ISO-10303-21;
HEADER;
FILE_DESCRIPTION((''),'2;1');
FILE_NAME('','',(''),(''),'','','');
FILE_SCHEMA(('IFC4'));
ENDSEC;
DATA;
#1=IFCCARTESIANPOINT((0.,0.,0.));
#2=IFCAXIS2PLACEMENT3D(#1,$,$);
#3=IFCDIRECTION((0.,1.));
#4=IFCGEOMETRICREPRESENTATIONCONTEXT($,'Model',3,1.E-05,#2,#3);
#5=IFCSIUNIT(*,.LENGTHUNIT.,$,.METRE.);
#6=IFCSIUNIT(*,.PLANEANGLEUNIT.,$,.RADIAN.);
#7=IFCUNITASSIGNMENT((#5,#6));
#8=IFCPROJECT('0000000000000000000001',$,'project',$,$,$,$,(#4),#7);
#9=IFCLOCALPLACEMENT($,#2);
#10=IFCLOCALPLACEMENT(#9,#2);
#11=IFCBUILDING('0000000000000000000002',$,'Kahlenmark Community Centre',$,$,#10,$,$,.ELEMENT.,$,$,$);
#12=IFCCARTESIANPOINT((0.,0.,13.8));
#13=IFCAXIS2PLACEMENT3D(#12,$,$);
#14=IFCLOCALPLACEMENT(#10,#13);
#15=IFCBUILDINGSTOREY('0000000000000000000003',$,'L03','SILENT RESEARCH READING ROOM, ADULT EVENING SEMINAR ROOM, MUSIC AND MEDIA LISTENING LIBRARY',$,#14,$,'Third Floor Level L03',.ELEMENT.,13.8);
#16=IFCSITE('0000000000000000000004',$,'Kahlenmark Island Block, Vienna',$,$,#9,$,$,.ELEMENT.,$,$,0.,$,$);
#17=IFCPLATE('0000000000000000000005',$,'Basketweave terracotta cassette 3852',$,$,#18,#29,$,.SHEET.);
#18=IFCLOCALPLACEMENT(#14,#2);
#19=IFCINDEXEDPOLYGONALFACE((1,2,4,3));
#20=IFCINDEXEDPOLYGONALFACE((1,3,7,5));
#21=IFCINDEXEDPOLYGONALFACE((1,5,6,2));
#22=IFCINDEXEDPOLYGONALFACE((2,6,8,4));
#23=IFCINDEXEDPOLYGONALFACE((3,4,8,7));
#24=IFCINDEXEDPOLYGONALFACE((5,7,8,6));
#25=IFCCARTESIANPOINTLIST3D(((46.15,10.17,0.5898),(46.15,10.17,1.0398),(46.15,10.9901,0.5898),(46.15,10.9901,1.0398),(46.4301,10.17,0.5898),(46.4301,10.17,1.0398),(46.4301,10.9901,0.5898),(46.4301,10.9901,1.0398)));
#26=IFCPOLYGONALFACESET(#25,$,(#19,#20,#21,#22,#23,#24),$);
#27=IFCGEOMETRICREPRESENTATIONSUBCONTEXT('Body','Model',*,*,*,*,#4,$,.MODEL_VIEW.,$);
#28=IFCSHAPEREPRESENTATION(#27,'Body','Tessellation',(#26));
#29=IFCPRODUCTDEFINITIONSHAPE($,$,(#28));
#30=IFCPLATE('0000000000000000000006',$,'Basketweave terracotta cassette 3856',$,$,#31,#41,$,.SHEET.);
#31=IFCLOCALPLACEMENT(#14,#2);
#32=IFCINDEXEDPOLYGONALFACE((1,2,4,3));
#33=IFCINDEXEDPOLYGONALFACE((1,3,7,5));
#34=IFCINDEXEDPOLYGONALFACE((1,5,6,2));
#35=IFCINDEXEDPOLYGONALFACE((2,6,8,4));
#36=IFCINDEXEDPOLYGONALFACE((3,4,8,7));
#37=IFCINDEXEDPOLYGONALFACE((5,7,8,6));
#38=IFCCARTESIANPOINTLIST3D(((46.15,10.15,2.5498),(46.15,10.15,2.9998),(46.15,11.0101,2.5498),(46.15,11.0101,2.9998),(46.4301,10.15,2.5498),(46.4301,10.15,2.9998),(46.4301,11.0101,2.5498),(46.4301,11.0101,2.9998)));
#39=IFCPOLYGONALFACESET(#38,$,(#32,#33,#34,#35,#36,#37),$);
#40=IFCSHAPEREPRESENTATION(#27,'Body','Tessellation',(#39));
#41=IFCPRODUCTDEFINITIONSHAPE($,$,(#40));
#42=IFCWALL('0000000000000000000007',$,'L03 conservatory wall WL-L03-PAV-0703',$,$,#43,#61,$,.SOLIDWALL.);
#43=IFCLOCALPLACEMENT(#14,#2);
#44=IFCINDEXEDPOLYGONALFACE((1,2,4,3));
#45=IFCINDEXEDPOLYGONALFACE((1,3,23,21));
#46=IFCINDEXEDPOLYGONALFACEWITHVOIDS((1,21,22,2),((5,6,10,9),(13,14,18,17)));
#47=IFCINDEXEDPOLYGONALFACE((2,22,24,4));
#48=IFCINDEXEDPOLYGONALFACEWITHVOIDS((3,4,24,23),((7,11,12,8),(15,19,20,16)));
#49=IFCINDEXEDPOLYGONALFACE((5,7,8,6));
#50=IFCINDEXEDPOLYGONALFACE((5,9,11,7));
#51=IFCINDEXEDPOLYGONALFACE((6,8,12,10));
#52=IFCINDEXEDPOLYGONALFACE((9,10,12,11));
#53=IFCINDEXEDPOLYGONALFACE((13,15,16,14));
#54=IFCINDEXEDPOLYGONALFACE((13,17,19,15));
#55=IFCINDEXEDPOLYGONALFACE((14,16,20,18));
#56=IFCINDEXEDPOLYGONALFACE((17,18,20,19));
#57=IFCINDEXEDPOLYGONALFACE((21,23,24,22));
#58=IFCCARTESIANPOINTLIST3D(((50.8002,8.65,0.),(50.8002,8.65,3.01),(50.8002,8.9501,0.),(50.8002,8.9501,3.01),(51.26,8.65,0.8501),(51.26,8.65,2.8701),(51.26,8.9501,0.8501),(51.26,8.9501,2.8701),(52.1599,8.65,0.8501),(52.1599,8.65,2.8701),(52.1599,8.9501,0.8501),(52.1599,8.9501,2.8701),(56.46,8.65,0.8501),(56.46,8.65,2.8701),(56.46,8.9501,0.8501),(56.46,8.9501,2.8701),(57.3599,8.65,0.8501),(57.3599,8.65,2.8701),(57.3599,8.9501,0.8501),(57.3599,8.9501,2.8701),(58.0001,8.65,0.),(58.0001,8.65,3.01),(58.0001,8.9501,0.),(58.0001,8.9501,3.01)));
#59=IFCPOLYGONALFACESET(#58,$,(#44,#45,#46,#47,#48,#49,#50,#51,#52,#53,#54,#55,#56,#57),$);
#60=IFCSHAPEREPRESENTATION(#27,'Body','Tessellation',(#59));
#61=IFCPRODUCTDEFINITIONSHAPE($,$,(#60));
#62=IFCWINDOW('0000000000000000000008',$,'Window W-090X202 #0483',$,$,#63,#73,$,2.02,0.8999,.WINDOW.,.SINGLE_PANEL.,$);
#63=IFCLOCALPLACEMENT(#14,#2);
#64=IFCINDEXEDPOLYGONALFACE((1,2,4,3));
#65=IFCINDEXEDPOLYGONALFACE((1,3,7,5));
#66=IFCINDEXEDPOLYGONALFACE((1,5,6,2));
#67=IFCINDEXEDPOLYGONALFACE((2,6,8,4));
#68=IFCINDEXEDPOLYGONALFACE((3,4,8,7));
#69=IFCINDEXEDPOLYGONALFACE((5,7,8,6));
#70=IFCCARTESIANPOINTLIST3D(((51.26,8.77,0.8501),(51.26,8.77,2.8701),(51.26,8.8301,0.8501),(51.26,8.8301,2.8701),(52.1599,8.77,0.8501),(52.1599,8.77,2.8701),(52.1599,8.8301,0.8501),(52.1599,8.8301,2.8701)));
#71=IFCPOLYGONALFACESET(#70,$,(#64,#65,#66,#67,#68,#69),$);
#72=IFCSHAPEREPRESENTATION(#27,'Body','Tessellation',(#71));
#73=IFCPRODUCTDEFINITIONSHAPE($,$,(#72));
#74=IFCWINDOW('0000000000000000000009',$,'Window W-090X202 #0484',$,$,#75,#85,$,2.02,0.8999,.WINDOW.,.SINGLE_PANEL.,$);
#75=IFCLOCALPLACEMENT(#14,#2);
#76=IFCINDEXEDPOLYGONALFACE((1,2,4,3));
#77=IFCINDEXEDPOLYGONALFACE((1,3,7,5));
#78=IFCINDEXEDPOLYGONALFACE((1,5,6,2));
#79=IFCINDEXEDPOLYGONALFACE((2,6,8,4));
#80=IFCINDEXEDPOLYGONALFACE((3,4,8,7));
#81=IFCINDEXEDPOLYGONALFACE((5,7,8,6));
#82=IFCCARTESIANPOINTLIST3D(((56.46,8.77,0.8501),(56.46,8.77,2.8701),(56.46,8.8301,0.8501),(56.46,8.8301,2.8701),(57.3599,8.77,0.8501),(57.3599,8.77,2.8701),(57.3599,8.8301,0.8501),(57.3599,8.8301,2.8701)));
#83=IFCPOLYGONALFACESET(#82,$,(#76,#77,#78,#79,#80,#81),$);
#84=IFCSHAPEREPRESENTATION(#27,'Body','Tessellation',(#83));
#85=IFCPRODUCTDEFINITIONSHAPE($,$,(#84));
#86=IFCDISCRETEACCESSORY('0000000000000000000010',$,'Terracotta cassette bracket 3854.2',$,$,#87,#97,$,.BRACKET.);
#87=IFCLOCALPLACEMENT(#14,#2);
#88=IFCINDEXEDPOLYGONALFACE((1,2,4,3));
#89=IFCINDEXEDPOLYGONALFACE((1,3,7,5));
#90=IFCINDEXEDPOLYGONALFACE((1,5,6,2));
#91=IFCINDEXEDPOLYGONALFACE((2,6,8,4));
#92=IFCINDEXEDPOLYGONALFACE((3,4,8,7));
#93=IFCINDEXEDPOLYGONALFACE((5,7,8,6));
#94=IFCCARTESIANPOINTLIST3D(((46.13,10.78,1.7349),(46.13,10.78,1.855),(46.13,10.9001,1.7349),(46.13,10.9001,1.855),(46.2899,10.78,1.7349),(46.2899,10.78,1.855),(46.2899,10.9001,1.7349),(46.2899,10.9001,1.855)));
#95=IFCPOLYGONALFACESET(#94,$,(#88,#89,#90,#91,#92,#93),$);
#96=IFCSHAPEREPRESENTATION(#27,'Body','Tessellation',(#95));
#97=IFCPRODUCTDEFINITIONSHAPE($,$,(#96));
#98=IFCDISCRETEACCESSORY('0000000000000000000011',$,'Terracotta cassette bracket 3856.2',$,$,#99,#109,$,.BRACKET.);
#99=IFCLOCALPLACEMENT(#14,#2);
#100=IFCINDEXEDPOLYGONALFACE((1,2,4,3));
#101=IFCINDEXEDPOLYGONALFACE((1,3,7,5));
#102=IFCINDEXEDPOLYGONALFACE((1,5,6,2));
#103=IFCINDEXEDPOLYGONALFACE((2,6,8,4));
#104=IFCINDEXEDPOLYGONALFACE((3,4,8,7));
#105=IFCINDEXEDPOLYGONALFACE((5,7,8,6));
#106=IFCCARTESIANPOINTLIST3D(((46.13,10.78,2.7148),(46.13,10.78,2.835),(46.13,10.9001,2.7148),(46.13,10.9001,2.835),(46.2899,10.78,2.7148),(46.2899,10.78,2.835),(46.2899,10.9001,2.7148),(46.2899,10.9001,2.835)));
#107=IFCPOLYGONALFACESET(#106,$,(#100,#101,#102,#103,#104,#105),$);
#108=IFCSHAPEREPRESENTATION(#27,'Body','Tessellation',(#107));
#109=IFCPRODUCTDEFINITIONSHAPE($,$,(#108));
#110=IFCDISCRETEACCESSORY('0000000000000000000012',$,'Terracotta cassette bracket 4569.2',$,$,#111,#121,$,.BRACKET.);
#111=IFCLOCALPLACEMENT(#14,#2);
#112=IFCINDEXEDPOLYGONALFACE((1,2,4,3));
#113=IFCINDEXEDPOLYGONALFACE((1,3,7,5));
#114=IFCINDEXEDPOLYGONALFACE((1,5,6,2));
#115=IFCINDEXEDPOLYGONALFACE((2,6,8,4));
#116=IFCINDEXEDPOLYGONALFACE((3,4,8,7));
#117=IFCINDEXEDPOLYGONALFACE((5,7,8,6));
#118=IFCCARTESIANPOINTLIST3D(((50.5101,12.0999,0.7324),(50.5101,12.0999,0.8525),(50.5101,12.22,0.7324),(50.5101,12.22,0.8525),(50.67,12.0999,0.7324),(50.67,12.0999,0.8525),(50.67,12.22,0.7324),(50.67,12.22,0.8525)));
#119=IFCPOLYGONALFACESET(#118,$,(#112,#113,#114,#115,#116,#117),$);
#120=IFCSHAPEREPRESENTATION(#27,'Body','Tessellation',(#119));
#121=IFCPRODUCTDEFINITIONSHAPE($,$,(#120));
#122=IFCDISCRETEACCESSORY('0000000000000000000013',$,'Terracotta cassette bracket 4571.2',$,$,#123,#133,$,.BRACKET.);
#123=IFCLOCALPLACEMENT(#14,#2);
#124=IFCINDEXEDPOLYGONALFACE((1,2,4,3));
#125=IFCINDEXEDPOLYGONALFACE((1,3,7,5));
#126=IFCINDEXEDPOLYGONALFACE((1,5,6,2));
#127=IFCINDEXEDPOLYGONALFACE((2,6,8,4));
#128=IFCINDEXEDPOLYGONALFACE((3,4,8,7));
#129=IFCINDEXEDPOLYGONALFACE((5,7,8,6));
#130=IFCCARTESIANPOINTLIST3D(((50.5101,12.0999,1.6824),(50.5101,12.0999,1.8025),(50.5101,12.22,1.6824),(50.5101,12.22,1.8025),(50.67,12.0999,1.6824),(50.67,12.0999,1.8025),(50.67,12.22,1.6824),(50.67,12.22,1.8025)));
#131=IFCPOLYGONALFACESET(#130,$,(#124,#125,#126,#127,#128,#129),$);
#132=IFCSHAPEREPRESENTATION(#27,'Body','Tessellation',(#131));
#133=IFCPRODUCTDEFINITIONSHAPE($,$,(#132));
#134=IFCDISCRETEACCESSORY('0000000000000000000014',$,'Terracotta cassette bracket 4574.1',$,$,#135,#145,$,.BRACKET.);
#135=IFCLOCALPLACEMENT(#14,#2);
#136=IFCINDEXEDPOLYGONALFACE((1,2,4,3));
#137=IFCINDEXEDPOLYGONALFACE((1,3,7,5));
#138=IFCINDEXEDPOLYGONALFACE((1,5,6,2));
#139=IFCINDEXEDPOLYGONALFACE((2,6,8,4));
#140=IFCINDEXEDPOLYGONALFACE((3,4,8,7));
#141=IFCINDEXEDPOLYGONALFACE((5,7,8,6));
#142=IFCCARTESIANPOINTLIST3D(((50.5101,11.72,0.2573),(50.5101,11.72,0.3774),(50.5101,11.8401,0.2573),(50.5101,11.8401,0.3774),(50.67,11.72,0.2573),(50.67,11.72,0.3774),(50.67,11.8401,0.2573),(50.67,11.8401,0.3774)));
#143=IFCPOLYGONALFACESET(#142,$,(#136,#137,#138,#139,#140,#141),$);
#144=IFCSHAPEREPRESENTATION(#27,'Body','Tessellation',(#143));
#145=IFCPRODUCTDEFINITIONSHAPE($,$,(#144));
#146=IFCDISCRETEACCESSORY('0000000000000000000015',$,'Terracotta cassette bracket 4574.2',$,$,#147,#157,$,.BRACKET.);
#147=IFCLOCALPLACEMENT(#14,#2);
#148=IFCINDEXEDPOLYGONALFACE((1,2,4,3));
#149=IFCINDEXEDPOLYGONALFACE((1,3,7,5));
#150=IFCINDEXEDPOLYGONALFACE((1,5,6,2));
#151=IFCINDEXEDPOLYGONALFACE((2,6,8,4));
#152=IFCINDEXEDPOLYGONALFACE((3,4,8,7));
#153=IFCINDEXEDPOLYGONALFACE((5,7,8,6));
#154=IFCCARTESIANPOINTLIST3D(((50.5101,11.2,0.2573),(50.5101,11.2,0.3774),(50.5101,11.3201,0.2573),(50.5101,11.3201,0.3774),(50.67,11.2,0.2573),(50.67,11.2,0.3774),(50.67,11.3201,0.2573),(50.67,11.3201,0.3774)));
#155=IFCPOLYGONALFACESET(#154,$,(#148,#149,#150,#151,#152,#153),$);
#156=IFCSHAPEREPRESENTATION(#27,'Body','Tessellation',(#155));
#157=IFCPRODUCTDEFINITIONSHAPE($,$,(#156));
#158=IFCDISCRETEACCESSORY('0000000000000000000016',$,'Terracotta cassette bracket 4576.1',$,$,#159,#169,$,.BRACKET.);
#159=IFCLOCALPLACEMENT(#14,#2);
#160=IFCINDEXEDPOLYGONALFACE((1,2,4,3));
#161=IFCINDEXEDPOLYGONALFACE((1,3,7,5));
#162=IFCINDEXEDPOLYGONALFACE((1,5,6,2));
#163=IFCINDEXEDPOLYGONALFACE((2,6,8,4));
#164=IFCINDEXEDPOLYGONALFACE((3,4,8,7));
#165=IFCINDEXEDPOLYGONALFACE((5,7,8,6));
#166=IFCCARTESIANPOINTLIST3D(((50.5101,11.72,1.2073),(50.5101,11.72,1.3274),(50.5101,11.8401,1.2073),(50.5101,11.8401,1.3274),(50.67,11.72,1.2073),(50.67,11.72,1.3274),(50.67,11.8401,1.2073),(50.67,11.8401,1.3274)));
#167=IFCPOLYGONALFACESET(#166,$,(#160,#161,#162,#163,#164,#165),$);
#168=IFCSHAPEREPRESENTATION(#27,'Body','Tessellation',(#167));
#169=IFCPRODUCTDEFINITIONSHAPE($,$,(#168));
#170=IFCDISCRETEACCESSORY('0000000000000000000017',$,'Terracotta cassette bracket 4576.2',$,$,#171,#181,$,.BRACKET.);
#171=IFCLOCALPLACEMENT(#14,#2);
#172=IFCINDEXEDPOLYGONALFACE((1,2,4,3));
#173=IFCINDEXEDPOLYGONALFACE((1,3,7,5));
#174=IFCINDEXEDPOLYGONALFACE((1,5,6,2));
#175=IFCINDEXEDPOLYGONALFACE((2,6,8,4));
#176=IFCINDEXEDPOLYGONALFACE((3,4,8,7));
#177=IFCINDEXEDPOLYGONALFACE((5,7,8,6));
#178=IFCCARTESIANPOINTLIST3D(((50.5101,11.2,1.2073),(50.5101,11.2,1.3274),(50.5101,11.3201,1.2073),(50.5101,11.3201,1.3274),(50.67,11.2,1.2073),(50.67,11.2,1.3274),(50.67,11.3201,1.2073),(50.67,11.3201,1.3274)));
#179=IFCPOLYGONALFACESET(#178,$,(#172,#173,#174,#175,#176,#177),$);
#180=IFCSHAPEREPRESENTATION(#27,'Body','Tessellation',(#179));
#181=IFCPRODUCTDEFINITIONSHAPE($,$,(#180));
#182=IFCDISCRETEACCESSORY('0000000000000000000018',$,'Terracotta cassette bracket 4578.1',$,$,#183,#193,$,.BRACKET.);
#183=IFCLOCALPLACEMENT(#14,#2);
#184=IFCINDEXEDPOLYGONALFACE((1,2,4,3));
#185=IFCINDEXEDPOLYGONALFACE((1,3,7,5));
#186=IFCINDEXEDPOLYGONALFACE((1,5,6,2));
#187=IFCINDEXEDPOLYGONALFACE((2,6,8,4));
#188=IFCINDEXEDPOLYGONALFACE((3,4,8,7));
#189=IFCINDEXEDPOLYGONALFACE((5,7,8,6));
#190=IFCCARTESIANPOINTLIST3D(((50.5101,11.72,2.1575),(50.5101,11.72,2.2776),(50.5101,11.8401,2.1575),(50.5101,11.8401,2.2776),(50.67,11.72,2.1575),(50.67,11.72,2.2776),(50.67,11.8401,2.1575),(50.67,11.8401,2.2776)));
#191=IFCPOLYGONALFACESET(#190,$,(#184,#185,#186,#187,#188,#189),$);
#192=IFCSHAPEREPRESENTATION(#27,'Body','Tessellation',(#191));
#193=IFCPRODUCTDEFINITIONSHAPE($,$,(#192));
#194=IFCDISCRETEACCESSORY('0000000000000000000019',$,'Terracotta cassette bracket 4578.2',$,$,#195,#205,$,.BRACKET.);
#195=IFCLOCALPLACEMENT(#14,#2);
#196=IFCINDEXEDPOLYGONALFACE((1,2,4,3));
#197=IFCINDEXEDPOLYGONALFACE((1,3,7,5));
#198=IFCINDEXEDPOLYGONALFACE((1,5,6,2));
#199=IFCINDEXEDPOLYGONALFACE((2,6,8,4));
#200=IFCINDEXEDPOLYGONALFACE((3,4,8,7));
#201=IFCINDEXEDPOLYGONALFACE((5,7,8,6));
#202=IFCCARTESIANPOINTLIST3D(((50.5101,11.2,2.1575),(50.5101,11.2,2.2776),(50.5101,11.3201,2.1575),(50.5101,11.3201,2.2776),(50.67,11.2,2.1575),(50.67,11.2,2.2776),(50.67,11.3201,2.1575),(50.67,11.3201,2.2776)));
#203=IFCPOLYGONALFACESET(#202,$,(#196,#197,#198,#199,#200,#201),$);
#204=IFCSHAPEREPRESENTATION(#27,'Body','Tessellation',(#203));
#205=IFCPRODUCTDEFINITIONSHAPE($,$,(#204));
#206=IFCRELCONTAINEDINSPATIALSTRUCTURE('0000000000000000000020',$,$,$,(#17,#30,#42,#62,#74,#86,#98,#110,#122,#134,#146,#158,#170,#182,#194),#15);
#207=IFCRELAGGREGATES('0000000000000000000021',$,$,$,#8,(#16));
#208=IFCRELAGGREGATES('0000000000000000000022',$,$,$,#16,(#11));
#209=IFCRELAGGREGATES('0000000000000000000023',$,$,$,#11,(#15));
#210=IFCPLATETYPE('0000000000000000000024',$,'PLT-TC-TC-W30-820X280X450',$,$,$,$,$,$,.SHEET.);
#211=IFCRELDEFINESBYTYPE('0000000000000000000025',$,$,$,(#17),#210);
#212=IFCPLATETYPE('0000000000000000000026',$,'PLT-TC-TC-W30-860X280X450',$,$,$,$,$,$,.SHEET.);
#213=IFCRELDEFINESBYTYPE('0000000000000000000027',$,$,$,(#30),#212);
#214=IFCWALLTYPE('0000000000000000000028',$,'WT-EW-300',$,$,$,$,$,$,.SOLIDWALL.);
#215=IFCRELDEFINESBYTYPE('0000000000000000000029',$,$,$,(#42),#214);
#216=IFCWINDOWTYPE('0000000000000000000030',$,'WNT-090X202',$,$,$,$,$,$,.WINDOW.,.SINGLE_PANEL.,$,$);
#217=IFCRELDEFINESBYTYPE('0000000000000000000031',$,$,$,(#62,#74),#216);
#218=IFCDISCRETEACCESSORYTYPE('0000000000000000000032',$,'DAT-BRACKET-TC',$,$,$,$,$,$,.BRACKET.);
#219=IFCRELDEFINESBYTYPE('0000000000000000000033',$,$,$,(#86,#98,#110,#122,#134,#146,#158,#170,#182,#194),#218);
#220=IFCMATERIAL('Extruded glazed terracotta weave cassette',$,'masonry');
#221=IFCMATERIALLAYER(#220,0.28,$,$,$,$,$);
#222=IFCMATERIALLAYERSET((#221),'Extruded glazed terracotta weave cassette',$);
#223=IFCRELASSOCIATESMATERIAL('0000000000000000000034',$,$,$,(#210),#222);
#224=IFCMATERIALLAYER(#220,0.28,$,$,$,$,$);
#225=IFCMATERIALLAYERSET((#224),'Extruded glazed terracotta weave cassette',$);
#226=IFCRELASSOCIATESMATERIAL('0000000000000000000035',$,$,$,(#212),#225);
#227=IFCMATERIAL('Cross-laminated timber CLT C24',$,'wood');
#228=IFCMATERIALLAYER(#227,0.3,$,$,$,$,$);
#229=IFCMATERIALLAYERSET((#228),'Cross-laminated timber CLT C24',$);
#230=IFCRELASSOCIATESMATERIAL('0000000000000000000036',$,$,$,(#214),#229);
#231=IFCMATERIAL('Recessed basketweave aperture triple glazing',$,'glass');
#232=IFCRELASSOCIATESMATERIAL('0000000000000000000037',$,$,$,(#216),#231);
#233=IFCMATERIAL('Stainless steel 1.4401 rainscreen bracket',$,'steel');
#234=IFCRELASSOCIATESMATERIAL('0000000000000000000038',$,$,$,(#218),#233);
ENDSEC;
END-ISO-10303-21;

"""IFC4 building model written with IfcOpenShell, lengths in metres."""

from ifc_helpers import new_model, si_unit, direction, frame, frame_2d, origin, origin_2d, place, context, subcontext, project, spatial, rectangle, extrude, material, layer, layer_set, type_object, element, fill, save


model = new_model("IFC4")

# Units and contexts
model_context = context("Model", 3, precision=1e-05, world=origin(), true_north=direction((0.0, 1.0)))
body_context = subcontext(model_context, "Body", "Model", "MODEL_VIEW")
ifc_project = project(units=[si_unit("LENGTHUNIT", "METRE"), si_unit("PLANEANGLEUNIT", "RADIAN")], contexts=[model_context])

# Site, building, storey
site_placement = place(None, origin())
site = spatial("IfcSite", under=ifc_project, at=site_placement, Name="Kahlenmark Island Block, Vienna", CompositionType="ELEMENT", RefElevation=0.0)
building_placement = place(site_placement, origin())
building = spatial("IfcBuilding", under=site, at=building_placement, Name="Kahlenmark Community Centre", CompositionType="ELEMENT")
storey_placement = place(building_placement, frame((0.0, 0.0, 13.8)))
storey = spatial("IfcBuildingStorey", under=building, at=storey_placement, Name="L03", Description="SILENT RESEARCH READING ROOM, ADULT EVENING SEMINAR ROOM, MUSIC AND MEDIA LISTENING LIBRARY", LongName="Third Floor Level L03", CompositionType="ELEMENT", Elevation=13.8)

# Plates
ifc_material_1 = material(Name="Extruded glazed terracotta weave cassette", Category="masonry")
ifc_layer_1 = layer(ifc_material_1, 0.28)
ifc_layer_set_1 = layer_set([ifc_layer_1], Name="Extruded glazed terracotta weave cassette")
plate_type_1 = type_object("IfcPlateType", Name="PLT-TC-TC-W30-820X280X450", PredefinedType="SHEET", material=ifc_layer_set_1)
plate_1_placement = place(storey_placement, frame((46.29, 10.5801, 0.5898), z_axis=(0.0, 0.0, 1.0), x_axis=(0.0, 1.0, 0.0)))
element("IfcPlate", 1, at=plate_1_placement, inside=storey, type_object=plate_type_1, Name="Basketweave terracotta cassette 3852", PredefinedType="SHEET", context=body_context, shape_type="SweptSolid", body=[
    extrude(rectangle(XDim=0.8201, YDim=0.28, at=origin_2d()), origin(), (0.0, 0.0, 1.0), 0.45),
])
ifc_layer_2 = layer(ifc_material_1, 0.28)
ifc_layer_set_2 = layer_set([ifc_layer_2], Name="Extruded glazed terracotta weave cassette")
plate_type_2 = type_object("IfcPlateType", Name="PLT-TC-TC-W30-860X280X450", PredefinedType="SHEET", material=ifc_layer_set_2)
plate_2_placement = place(storey_placement, frame((46.29, 10.5801, 2.5498), z_axis=(0.0, 0.0, 1.0), x_axis=(0.0, 1.0, 0.0)))
element("IfcPlate", 2, at=plate_2_placement, inside=storey, type_object=plate_type_2, Name="Basketweave terracotta cassette 3856", PredefinedType="SHEET", context=body_context, shape_type="SweptSolid", body=[
    extrude(rectangle(XDim=0.8601, YDim=0.28, at=origin_2d()), origin(), (0.0, 0.0, 1.0), 0.45),
])

# Wall, openings, windows
ifc_material_2 = material(Name="Cross-laminated timber CLT C24", Category="wood")
ifc_layer_3 = layer(ifc_material_2, 0.3)
ifc_layer_set_3 = layer_set([ifc_layer_3], Name="Cross-laminated timber CLT C24")
wall_type = type_object("IfcWallType", Name="WT-EW-300", PredefinedType="SOLIDWALL", material=ifc_layer_set_3)
wall_placement = place(storey_placement, frame((50.8, 8.8, 0.0), z_axis=(0.0, 0.0, 1.0), x_axis=(1.0, 0.0, 0.0)))
wall = element("IfcWall", 3, at=wall_placement, inside=storey, type_object=wall_type, Name="L03 conservatory wall WL-L03-PAV-0703", PredefinedType="SOLIDWALL", context=body_context, shape_type="SweptSolid", body=[
    extrude(rectangle(XDim=7.2, YDim=0.3, at=frame_2d((3.6001, 0.0))), origin(), (0.0, 0.0, 1.0), 3.01),
])
opening_1_placement = place(wall_placement, frame((0.46, 0.0, 0.8501)))
opening_1 = element("IfcOpeningElement", 4, at=opening_1_placement, cuts=wall, PredefinedType="OPENING", context=body_context, shape_type="SweptSolid", body=[
    extrude(rectangle(XDim=0.8999, YDim=2.02, at=frame_2d((0.45, 1.01))), frame((0.0, 0.1599, 0.0), z_axis=(0.0, -1.0, 0.0), x_axis=(1.0, 0.0, 0.0)), (0.0, 0.0, 1.0), 0.3201),
])
opening_2_placement = place(wall_placement, frame((5.6599, 0.0, 0.8501)))
opening_2 = element("IfcOpeningElement", 5, at=opening_2_placement, cuts=wall, PredefinedType="OPENING", context=body_context, shape_type="SweptSolid", body=[
    extrude(rectangle(XDim=0.8999, YDim=2.02, at=frame_2d((0.45, 1.01))), frame((0.0, 0.1599, 0.0), z_axis=(0.0, -1.0, 0.0), x_axis=(1.0, 0.0, 0.0)), (0.0, 0.0, 1.0), 0.3201),
])
ifc_material_3 = material(Name="Recessed basketweave aperture triple glazing", Category="glass")
window_type = type_object("IfcWindowType", Name="WNT-090X202", PartitioningType="SINGLE_PANEL", PredefinedType="WINDOW", material=ifc_material_3)
window_1_placement = place(opening_1_placement, origin())
window_1 = element("IfcWindow", 6, at=window_1_placement, inside=storey, type_object=window_type, Name="Window W-090X202 #0483", OverallHeight=2.02, OverallWidth=0.8999, PartitioningType="SINGLE_PANEL", PredefinedType="WINDOW", context=body_context, shape_type="SweptSolid", body=[
    extrude(rectangle(XDim=0.8999, YDim=2.02, at=frame_2d((0.45, 1.01))), frame((0.0, 0.03, 0.0), z_axis=(0.0, -1.0, 0.0), x_axis=(1.0, 0.0, 0.0)), (0.0, 0.0, 1.0), 0.0601),
])
fill(opening_1, window_1)
window_2_placement = place(opening_2_placement, origin())
window_2 = element("IfcWindow", 7, at=window_2_placement, inside=storey, type_object=window_type, Name="Window W-090X202 #0484", OverallHeight=2.02, OverallWidth=0.8999, PartitioningType="SINGLE_PANEL", PredefinedType="WINDOW", context=body_context, shape_type="SweptSolid", body=[
    extrude(rectangle(XDim=0.8999, YDim=2.02, at=frame_2d((0.45, 1.01))), frame((0.0, 0.03, 0.0), z_axis=(0.0, -1.0, 0.0), x_axis=(1.0, 0.0, 0.0)), (0.0, 0.0, 1.0), 0.0601),
])
fill(opening_2, window_2)

# Discrete accessories
ifc_material_4 = material(Name="Stainless steel 1.4401 rainscreen bracket", Category="steel")
discrete_accessory_type = type_object("IfcDiscreteAccessoryType", Name="DAT-BRACKET-TC", PredefinedType="BRACKET", material=ifc_material_4)
for number, where, z_axis, x_axis, name in (
    (8, (46.21, 10.8401, 1.7349), (0.0, 0.0, 1.0), (0.0, 1.0, 0.0), "Terracotta cassette bracket 3854.2"),
    (9, (46.21, 10.8401, 2.7148), (0.0, 0.0, 1.0), (0.0, 1.0, 0.0), "Terracotta cassette bracket 3856.2"),
    (10, (50.5901, 12.1599, 0.7324), (0.0, 0.0, 1.0), (0.0, -1.0, 0.0), "Terracotta cassette bracket 4569.2"),
    (11, (50.5901, 12.1599, 1.6824), (0.0, 0.0, 1.0), (0.0, -1.0, 0.0), "Terracotta cassette bracket 4571.2"),
    (12, (50.5901, 11.78, 0.2573), (0.0, 0.0, 1.0), (0.0, -1.0, 0.0), "Terracotta cassette bracket 4574.1"),
    (13, (50.5901, 11.26, 0.2573), (0.0, 0.0, 1.0), (0.0, -1.0, 0.0), "Terracotta cassette bracket 4574.2"),
    (14, (50.5901, 11.78, 1.2073), (0.0, 0.0, 1.0), (0.0, -1.0, 0.0), "Terracotta cassette bracket 4576.1"),
    (15, (50.5901, 11.26, 1.2073), (0.0, 0.0, 1.0), (0.0, -1.0, 0.0), "Terracotta cassette bracket 4576.2"),
    (16, (50.5901, 11.78, 2.1575), (0.0, 0.0, 1.0), (0.0, -1.0, 0.0), "Terracotta cassette bracket 4578.1"),
    (17, (50.5901, 11.26, 2.1575), (0.0, 0.0, 1.0), (0.0, -1.0, 0.0), "Terracotta cassette bracket 4578.2"),
):
    element("IfcDiscreteAccessory", number, at=place(storey_placement, frame(where, z_axis=z_axis, x_axis=x_axis)), inside=storey, type_object=discrete_accessory_type, Name=name, PredefinedType="BRACKET", context=body_context, shape_type="SweptSolid", body=[
        extrude(rectangle(XDim=0.1201, YDim=0.1599, at=origin_2d()), origin(), (0.0, 0.0, 1.0), 0.1201),
    ])

save(model, "model.ifc")
